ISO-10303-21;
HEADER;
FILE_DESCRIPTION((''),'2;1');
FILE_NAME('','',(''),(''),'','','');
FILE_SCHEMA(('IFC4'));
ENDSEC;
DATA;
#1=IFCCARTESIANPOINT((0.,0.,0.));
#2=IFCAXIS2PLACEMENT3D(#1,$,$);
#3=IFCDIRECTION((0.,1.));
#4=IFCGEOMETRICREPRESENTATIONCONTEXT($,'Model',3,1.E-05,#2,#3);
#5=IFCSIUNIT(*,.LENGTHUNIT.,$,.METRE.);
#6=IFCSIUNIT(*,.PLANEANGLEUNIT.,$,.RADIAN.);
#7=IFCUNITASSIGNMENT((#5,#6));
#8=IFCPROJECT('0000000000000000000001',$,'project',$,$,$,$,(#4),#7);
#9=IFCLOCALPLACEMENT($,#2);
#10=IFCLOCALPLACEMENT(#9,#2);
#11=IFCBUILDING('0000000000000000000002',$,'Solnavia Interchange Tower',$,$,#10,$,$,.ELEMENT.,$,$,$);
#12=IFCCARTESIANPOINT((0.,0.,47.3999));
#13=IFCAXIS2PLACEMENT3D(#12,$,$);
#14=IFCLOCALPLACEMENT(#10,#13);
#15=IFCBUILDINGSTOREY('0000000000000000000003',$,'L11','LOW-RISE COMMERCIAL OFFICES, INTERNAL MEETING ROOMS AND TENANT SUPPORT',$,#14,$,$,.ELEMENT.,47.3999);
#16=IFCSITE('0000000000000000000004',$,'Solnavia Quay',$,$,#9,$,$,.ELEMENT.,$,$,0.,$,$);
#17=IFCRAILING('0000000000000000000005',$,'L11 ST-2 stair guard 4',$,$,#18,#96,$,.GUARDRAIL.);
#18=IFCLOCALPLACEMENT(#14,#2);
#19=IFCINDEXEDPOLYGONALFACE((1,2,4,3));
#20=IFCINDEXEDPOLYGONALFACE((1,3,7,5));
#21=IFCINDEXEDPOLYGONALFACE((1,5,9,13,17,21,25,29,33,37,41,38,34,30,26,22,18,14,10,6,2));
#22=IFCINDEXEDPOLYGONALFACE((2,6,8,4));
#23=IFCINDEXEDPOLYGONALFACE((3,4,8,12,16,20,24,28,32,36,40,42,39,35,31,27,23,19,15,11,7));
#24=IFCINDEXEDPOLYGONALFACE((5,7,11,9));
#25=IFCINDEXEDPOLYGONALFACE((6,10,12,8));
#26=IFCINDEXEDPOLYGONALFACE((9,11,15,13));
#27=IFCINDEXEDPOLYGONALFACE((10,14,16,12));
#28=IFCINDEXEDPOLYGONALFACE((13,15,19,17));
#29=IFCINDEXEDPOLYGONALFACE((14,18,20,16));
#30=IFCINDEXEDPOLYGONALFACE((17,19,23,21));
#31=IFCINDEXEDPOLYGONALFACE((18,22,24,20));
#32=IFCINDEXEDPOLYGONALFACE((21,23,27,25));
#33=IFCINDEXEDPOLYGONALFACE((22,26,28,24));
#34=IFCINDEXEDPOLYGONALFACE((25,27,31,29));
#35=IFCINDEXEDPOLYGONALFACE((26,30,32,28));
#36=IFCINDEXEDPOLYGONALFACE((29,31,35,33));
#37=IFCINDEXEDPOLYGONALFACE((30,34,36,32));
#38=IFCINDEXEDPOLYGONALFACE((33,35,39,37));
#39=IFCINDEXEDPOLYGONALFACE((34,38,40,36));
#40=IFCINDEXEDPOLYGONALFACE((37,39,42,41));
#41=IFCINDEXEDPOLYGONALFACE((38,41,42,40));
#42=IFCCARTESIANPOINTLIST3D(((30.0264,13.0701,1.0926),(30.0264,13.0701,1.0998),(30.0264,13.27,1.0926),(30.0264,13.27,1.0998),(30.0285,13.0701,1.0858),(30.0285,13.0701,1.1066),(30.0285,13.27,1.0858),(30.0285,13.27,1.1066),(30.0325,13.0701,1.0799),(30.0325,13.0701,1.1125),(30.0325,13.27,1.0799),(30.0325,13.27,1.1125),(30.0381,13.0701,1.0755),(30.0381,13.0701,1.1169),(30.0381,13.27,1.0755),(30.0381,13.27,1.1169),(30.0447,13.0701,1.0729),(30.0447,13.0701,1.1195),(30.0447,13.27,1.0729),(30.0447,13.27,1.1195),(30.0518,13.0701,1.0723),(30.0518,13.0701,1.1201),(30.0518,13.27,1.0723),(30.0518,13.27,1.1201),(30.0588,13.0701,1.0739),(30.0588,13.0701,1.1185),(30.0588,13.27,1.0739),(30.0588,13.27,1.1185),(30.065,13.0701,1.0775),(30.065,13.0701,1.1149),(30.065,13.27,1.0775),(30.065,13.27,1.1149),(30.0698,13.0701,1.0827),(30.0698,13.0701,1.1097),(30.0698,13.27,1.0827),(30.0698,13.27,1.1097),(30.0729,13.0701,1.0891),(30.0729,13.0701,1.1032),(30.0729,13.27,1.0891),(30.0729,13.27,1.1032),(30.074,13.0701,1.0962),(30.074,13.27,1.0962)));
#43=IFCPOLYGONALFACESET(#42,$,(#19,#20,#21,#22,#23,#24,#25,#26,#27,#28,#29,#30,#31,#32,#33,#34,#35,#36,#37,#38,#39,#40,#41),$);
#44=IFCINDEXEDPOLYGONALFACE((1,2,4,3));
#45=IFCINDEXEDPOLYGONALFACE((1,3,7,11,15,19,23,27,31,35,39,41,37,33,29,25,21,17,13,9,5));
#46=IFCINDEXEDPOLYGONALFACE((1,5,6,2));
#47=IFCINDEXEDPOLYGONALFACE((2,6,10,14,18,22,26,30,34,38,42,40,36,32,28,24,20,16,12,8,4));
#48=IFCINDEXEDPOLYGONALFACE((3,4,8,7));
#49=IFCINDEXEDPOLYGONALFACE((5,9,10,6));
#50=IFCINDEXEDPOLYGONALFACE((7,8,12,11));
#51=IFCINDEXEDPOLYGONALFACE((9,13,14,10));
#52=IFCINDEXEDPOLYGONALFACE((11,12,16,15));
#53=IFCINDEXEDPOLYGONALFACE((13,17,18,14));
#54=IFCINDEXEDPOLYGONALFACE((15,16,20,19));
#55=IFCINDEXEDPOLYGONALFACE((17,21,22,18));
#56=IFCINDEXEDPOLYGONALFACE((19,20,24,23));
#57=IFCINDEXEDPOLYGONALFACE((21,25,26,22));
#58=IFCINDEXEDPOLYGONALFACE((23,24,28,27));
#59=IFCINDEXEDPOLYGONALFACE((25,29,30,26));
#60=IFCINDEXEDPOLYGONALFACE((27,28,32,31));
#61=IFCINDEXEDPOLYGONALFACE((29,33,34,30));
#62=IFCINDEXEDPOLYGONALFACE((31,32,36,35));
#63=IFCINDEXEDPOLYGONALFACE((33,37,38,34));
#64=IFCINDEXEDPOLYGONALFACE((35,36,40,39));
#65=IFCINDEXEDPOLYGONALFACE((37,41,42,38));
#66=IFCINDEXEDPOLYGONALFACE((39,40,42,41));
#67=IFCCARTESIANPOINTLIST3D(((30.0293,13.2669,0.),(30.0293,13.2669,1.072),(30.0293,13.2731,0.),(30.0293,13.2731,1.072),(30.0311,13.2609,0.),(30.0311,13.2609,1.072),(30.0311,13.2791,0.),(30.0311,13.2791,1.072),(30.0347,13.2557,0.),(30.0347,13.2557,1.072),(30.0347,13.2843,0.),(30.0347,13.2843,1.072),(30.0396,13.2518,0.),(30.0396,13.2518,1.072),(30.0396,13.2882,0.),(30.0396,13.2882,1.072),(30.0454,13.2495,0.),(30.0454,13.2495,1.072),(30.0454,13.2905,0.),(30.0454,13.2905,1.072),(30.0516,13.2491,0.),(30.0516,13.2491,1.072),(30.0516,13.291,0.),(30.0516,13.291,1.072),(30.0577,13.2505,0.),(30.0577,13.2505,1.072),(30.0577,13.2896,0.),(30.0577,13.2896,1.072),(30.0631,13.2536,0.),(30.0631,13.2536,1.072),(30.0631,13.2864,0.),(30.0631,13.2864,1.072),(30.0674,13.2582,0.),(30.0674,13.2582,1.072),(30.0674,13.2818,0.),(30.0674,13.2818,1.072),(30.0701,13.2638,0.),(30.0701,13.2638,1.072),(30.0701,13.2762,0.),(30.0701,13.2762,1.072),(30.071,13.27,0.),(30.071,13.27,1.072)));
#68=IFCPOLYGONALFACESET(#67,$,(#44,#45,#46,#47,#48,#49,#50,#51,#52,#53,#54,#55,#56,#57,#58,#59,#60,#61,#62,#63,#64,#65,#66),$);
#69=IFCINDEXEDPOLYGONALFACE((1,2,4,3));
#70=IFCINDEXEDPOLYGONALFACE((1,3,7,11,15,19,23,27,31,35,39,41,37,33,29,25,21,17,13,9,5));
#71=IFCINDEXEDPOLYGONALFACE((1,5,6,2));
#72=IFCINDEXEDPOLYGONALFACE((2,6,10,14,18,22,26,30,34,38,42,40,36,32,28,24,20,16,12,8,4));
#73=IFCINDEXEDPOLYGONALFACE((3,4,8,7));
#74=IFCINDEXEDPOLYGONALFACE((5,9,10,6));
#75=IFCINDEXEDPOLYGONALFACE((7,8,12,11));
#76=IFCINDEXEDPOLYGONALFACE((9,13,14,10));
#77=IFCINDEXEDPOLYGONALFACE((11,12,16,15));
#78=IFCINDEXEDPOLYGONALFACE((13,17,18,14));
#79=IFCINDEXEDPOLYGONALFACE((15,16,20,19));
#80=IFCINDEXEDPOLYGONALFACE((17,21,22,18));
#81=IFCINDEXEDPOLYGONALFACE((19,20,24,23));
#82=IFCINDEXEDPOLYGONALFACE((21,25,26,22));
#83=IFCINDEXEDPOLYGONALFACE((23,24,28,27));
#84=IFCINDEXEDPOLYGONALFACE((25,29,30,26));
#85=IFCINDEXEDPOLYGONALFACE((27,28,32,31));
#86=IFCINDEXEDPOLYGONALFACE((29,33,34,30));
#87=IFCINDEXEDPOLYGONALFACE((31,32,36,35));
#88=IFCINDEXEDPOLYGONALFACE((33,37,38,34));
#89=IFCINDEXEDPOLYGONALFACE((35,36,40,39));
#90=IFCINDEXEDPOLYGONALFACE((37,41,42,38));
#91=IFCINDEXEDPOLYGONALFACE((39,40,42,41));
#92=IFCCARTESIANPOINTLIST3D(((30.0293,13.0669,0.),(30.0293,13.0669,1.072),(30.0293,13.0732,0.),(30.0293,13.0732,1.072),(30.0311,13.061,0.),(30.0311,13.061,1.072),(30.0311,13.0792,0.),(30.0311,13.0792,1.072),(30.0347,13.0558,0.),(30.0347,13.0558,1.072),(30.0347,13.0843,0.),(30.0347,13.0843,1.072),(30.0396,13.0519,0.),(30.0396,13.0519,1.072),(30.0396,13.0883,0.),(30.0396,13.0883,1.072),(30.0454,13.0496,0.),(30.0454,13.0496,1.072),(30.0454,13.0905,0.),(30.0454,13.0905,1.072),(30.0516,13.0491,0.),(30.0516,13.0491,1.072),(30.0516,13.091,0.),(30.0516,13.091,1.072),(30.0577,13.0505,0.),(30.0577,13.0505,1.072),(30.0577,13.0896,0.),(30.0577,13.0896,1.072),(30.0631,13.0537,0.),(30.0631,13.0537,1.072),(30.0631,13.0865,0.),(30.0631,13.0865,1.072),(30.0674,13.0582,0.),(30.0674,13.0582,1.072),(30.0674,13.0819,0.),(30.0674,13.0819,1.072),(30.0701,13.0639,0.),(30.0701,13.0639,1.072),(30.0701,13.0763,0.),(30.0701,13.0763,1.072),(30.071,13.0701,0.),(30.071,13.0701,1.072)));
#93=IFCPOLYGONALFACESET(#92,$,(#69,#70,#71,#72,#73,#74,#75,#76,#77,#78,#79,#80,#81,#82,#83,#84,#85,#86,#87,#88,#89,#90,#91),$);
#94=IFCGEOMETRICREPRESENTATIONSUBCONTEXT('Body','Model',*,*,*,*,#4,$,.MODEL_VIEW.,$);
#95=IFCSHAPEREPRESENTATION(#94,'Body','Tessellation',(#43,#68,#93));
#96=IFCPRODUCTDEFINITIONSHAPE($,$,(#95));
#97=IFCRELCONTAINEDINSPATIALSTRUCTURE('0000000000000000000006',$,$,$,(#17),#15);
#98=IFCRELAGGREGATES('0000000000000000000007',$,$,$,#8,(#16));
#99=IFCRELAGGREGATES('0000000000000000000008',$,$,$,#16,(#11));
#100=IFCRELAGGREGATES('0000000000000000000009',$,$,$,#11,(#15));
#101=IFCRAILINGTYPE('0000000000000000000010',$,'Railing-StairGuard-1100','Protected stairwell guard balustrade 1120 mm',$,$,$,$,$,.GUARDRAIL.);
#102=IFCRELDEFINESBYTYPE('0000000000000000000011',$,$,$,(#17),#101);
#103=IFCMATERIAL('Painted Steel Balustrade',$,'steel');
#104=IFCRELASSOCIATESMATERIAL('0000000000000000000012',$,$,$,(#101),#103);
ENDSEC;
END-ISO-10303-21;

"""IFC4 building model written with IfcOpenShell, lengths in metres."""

from ifc_helpers import new_model, si_unit, direction, frame, origin, origin_2d, place, context, subcontext, project, spatial, circle, extrude, material, type_object, element, save


model = new_model("IFC4")

# Units and contexts
model_context = context("Model", 3, precision=1e-05, world=origin(), true_north=direction((0.0, 1.0)))
body_context = subcontext(model_context, "Body", "Model", "MODEL_VIEW")
ifc_project = project(units=[si_unit("LENGTHUNIT", "METRE"), si_unit("PLANEANGLEUNIT", "RADIAN")], contexts=[model_context])

# Site, building, storey
site_placement = place(None, origin())
site = spatial("IfcSite", under=ifc_project, at=site_placement, Name="Solnavia Quay", CompositionType="ELEMENT", RefElevation=0.0)
building_placement = place(site_placement, origin())
building = spatial("IfcBuilding", under=site, at=building_placement, Name="Solnavia Interchange Tower", CompositionType="ELEMENT")
storey_placement = place(building_placement, frame((0.0, 0.0, 47.3999)))
storey = spatial("IfcBuildingStorey", under=building, at=storey_placement, Name="L11", Description="LOW-RISE COMMERCIAL OFFICES, INTERNAL MEETING ROOMS AND TENANT SUPPORT", CompositionType="ELEMENT", Elevation=47.3999)

# Railing
ifc_material_1 = material(Name="Painted Steel Balustrade", Category="steel")
railing_type_1 = type_object("IfcRailingType", Name="Railing-StairGuard-1100", Description="Protected stairwell guard balustrade 1120 mm", PredefinedType="GUARDRAIL", material=ifc_material_1)
railing_1_placement = place(storey_placement, frame((30.05, 13.27, 0.0)))
element("IfcRailing", 1, at=railing_1_placement, inside=storey, type_object=railing_type_1, Name="L11 ST-2 stair guard 4", PredefinedType="GUARDRAIL", context=body_context, shape_type="SweptSolid", body=[
    extrude(circle(Radius=0.0239, at=origin_2d()), frame((0.0, 0.0, 1.0962), z_axis=(0.0, -1.0, 0.0), x_axis=(1.0, 0.0, 0.0)), (0.0, 0.0, 1.0), 0.2),
    extrude(circle(Radius=0.021, at=origin_2d()), origin(), (0.0, 0.0, 1.0), 1.072),
    extrude(circle(Radius=0.021, at=origin_2d()), frame((0.0, -0.2, 0.0)), (0.0, 0.0, 1.0), 1.072),
])

save(model, "model.ifc")
